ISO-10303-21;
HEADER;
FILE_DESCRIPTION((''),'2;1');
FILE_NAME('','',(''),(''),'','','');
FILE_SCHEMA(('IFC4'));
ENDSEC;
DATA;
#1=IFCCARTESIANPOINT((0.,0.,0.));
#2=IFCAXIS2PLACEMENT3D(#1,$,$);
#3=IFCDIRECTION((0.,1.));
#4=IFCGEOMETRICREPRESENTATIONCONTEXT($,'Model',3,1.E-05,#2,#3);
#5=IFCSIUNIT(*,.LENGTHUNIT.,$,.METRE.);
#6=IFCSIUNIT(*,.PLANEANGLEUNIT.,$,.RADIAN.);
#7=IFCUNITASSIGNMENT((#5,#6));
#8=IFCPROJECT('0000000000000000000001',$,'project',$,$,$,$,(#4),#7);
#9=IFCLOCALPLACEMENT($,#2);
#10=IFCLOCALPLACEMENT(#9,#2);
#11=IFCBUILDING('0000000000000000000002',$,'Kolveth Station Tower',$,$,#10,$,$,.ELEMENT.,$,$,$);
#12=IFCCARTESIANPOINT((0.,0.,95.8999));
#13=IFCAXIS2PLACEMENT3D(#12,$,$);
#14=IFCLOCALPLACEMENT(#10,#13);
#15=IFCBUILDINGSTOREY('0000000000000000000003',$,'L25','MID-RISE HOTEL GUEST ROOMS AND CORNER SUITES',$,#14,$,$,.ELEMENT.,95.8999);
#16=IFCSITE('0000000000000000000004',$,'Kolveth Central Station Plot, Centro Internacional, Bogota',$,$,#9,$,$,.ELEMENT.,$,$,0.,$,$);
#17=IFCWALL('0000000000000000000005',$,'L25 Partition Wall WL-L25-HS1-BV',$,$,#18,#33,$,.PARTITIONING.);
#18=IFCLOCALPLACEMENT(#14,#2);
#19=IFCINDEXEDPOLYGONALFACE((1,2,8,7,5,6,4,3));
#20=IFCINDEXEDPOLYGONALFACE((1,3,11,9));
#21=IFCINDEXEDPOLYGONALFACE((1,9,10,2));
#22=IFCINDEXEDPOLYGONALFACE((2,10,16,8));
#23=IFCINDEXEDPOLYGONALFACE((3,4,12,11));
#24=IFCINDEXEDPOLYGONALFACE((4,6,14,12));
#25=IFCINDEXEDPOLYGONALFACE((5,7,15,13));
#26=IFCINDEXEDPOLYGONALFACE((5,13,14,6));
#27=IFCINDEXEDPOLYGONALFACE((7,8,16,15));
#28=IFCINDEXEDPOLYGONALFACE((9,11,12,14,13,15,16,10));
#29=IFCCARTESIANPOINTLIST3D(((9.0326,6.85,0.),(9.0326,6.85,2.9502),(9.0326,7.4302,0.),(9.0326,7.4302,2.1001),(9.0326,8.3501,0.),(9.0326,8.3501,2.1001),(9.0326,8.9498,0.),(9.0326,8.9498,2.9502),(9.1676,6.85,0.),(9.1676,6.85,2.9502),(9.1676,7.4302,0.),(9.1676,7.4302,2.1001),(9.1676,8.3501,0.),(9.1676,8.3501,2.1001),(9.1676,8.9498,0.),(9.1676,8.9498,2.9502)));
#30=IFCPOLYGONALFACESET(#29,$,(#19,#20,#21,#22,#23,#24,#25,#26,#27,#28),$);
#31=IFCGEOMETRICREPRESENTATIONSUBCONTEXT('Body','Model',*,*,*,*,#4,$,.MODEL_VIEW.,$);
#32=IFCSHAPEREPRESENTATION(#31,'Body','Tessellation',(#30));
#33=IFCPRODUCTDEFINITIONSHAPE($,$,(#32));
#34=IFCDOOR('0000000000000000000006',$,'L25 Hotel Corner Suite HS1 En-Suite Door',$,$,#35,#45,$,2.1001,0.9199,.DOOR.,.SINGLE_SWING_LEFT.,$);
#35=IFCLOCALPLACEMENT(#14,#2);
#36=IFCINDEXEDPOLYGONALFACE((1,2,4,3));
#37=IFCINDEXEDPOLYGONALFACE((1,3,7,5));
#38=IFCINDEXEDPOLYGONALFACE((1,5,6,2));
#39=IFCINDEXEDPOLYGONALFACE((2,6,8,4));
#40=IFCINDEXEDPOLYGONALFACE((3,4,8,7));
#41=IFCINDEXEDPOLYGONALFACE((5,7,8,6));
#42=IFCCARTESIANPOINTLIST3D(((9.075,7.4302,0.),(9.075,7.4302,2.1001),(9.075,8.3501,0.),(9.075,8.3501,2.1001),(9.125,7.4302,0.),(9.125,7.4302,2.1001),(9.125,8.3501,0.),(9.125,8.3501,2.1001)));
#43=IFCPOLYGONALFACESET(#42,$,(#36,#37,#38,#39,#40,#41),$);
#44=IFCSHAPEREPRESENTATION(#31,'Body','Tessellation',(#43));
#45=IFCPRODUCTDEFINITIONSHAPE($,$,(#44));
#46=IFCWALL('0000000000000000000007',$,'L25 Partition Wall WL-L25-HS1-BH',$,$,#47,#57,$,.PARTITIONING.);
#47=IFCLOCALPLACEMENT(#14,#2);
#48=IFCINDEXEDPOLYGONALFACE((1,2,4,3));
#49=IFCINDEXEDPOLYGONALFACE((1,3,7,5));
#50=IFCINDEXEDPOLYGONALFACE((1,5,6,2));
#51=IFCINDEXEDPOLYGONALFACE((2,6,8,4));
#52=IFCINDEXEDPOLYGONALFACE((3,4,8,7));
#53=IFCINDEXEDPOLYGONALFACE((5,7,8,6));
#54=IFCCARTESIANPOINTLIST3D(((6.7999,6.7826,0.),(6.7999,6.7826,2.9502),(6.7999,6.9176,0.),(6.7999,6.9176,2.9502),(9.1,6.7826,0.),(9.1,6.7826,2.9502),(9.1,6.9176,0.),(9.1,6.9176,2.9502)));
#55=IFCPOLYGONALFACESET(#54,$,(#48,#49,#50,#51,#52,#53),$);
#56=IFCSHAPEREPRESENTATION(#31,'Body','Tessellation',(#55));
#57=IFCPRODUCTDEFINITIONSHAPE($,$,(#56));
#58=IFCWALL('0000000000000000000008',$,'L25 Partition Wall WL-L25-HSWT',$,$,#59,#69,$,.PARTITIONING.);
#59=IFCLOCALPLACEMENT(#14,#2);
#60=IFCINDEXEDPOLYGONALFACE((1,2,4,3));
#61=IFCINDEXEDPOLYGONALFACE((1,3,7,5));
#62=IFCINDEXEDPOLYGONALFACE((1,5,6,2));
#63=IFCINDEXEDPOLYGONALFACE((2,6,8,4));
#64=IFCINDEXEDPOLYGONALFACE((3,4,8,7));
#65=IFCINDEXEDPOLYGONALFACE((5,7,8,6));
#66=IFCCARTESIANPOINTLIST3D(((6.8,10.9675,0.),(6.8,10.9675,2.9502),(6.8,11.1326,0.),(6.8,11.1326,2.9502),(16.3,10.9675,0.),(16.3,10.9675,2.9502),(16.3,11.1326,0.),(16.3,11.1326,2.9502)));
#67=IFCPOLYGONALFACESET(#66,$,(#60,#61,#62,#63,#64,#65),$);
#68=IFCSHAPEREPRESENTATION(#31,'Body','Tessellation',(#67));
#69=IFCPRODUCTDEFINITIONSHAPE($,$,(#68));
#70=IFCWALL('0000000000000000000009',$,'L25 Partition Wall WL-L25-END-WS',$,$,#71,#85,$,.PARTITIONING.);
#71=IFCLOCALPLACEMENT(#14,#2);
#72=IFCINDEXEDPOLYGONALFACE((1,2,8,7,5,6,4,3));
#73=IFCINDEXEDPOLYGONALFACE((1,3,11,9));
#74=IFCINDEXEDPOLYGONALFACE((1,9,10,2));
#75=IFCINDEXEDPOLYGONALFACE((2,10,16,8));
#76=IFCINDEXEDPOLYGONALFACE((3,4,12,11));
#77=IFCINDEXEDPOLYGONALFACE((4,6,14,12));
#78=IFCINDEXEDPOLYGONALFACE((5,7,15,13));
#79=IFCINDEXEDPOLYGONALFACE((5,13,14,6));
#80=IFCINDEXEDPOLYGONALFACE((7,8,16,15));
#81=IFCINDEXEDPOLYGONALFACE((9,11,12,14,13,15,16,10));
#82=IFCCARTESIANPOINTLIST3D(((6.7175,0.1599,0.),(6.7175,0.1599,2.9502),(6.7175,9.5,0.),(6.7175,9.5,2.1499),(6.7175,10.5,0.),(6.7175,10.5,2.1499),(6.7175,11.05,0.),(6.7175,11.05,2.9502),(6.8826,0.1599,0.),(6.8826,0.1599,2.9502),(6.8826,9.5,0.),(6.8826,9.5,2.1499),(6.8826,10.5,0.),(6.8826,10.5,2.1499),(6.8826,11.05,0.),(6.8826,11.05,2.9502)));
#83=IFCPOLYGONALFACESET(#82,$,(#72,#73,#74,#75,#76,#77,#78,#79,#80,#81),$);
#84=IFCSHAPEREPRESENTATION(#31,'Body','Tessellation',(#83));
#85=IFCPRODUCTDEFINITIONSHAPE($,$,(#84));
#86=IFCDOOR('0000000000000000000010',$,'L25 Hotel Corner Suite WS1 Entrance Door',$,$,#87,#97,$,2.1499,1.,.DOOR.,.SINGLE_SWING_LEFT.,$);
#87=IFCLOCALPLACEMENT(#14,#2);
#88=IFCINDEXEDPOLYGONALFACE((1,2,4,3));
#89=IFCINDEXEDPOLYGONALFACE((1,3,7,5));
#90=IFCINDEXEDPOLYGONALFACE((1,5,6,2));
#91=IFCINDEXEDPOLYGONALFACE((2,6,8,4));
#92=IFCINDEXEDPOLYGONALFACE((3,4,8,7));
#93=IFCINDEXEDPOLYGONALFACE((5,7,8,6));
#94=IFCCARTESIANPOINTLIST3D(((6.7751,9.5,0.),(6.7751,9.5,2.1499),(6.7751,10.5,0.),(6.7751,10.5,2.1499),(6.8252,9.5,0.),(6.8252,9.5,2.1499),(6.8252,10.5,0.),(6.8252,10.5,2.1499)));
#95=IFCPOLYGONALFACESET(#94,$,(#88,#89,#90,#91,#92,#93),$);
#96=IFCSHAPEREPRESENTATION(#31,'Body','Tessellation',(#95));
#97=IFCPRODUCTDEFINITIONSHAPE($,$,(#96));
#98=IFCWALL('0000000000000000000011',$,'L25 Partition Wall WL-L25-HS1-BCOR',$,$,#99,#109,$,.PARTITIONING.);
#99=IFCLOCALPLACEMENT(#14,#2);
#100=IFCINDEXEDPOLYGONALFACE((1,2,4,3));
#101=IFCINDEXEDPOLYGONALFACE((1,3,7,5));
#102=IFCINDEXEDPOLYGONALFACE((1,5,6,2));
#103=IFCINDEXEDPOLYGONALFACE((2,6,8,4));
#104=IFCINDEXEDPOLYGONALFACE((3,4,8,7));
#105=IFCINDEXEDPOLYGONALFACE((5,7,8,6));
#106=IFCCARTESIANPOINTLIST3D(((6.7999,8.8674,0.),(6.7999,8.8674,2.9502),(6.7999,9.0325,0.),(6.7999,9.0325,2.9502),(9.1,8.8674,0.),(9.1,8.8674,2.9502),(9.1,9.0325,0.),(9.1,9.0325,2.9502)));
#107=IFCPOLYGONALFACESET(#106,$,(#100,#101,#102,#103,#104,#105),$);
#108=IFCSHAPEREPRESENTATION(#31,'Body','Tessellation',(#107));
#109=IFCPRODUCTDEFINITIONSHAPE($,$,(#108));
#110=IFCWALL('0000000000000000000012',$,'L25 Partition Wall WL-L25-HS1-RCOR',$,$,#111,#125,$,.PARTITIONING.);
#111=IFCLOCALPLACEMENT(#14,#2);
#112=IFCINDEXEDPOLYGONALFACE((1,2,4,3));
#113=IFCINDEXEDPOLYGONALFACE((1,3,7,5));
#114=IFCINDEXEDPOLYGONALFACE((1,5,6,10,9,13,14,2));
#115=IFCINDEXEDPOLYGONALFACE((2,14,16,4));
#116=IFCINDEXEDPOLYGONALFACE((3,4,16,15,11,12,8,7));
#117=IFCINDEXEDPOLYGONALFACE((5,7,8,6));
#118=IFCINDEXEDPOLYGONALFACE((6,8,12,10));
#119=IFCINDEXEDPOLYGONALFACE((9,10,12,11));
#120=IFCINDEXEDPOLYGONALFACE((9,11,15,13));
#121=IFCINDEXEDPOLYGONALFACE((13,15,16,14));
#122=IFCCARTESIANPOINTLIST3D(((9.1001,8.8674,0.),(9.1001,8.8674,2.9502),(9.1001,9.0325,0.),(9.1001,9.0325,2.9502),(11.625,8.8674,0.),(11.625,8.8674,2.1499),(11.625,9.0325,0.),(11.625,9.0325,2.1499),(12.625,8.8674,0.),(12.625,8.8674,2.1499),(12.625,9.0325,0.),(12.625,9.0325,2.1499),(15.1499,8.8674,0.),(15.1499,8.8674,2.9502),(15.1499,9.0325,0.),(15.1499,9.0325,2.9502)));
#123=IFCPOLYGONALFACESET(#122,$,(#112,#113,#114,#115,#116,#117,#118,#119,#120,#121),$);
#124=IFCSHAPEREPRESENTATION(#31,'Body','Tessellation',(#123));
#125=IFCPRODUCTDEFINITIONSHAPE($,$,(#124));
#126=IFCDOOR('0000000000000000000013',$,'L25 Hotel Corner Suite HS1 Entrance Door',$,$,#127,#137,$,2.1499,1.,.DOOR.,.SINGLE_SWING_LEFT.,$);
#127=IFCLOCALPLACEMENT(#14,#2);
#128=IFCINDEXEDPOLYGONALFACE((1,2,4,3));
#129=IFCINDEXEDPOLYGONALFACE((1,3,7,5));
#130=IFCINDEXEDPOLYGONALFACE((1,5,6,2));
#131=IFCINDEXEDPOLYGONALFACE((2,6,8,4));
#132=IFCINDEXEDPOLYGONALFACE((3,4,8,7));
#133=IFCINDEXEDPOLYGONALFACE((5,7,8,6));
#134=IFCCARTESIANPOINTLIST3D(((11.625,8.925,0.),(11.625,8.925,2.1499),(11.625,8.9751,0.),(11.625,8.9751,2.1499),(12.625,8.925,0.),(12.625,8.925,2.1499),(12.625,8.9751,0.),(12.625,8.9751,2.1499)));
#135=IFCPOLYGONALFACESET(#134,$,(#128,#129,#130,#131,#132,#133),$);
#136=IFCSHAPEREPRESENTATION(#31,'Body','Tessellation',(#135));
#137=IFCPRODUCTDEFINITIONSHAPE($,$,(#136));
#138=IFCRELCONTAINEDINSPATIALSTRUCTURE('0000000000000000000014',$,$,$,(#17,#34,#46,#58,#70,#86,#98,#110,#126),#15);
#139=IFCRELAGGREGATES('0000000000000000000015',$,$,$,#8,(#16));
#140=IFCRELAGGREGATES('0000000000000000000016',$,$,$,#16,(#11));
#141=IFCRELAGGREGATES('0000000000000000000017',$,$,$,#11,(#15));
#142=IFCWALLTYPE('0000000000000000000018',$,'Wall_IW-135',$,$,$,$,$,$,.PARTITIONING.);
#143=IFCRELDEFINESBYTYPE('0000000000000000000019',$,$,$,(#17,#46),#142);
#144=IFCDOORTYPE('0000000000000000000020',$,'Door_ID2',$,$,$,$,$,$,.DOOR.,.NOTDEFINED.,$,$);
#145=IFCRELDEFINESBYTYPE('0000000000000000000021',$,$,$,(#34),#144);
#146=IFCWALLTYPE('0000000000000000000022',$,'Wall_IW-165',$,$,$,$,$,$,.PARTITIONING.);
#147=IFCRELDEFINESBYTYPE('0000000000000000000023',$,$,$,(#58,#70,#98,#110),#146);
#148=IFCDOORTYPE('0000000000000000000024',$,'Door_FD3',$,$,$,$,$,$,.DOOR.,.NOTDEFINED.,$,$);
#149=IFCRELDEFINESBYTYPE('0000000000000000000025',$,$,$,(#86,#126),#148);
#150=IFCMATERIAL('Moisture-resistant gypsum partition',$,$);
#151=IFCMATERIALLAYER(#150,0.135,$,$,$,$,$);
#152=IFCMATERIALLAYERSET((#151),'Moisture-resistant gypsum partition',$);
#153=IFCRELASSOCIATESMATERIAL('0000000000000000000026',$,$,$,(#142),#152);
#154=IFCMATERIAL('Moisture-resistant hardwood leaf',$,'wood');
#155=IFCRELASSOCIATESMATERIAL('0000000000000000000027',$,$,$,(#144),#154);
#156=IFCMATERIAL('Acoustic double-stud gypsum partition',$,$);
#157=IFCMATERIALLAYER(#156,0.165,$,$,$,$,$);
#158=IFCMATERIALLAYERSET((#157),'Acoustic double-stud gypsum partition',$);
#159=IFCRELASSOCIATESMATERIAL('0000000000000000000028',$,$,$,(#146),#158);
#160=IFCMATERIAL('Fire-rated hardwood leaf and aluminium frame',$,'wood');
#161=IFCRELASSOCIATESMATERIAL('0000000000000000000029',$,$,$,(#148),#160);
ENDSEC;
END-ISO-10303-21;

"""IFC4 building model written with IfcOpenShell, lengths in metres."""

from ifc_helpers import new_model, si_unit, direction, frame, frame_2d, origin, place, context, subcontext, project, spatial, rectangle, extrude, material, layer, layer_set, type_object, element, fill, save


model = new_model("IFC4")

# Units and contexts
model_context = context("Model", 3, precision=1e-05, world=origin(), true_north=direction((0.0, 1.0)))
body_context = subcontext(model_context, "Body", "Model", "MODEL_VIEW")
ifc_project = project(units=[si_unit("LENGTHUNIT", "METRE"), si_unit("PLANEANGLEUNIT", "RADIAN")], contexts=[model_context])

# Site, building, storey
site_placement = place(None, origin())
site = spatial("IfcSite", under=ifc_project, at=site_placement, Name="Kolveth Central Station Plot, Centro Internacional, Bogota", CompositionType="ELEMENT", RefElevation=0.0)
building_placement = place(site_placement, origin())
building = spatial("IfcBuilding", under=site, at=building_placement, Name="Kolveth Station Tower", CompositionType="ELEMENT")
storey_placement = place(building_placement, frame((0.0, 0.0, 95.8999)))
storey = spatial("IfcBuildingStorey", under=building, at=storey_placement, Name="L25", Description="MID-RISE HOTEL GUEST ROOMS AND CORNER SUITES", CompositionType="ELEMENT", Elevation=95.8999)

# Wall, opening, door
ifc_material_1 = material(Name="Moisture-resistant gypsum partition")
ifc_layer_1 = layer(ifc_material_1, 0.135)
ifc_layer_set_1 = layer_set([ifc_layer_1], Name="Moisture-resistant gypsum partition")
wall_type_1 = type_object("IfcWallType", Name="Wall_IW-135", PredefinedType="PARTITIONING", material=ifc_layer_set_1)
wall_1_placement = place(storey_placement, frame((9.1001, 6.8501, 0.0), z_axis=(0.0, 0.0, 1.0), x_axis=(0.0, 1.0, 0.0)))
wall_1 = element("IfcWall", 1, at=wall_1_placement, inside=storey, type_object=wall_type_1, Name="L25 Partition Wall WL-L25-HS1-BV", PredefinedType="PARTITIONING", context=body_context, shape_type="SweptSolid", body=[
    extrude(rectangle(XDim=2.0999, YDim=0.135, at=frame_2d((1.0498, 0.0))), origin(), (0.0, 0.0, 1.0), 2.9502),
])
opening_1_placement = place(wall_1_placement, frame((0.5801, 0.0, 0.0)))
opening_1 = element("IfcOpeningElement", 2, at=opening_1_placement, cuts=wall_1, PredefinedType="OPENING", context=body_context, shape_type="SweptSolid", body=[
    extrude(rectangle(XDim=0.9199, YDim=2.1001, at=frame_2d((0.46, 1.05))), frame((0.0, 0.0774, 0.0), z_axis=(0.0, -1.0, 0.0), x_axis=(1.0, 0.0, 0.0)), (0.0, 0.0, 1.0), 0.155),
])
ifc_material_2 = material(Name="Moisture-resistant hardwood leaf", Category="wood")
door_type_1 = type_object("IfcDoorType", Name="Door_ID2", OperationType="NOTDEFINED", PredefinedType="DOOR", material=ifc_material_2)
door_1_placement = place(opening_1_placement, frame((0.9199, 0.0, 0.0), z_axis=(0.0, 0.0, 1.0), x_axis=(-1.0, 0.0, 0.0)))
door_1 = element("IfcDoor", 3, at=door_1_placement, inside=storey, type_object=door_type_1, Name="L25 Hotel Corner Suite HS1 En-Suite Door", OperationType="SINGLE_SWING_LEFT", OverallHeight=2.1001, OverallWidth=0.9199, PredefinedType="DOOR", context=body_context, shape_type="SweptSolid", body=[
    extrude(rectangle(XDim=0.9199, YDim=2.1001, at=frame_2d((0.46, 1.05))), frame((0.0, 0.0249, 0.0), z_axis=(0.0, -1.0, 0.0), x_axis=(1.0, 0.0, 0.0)), (0.0, 0.0, 1.0), 0.05),
])
fill(opening_1, door_1)

# Walls
wall_2_placement = place(storey_placement, frame((6.8, 6.8501, 0.0), z_axis=(0.0, 0.0, 1.0), x_axis=(1.0, 0.0, 0.0)))
element("IfcWall", 4, at=wall_2_placement, inside=storey, type_object=wall_type_1, Name="L25 Partition Wall WL-L25-HS1-BH", PredefinedType="PARTITIONING", context=body_context, shape_type="SweptSolid", body=[
    extrude(rectangle(XDim=2.3, YDim=0.135, at=frame_2d((1.1499, 0.0))), origin(), (0.0, 0.0, 1.0), 2.9502),
])
ifc_material_3 = material(Name="Acoustic double-stud gypsum partition")
ifc_layer_2 = layer(ifc_material_3, 0.165)
ifc_layer_set_2 = layer_set([ifc_layer_2], Name="Acoustic double-stud gypsum partition")
wall_type_2 = type_object("IfcWallType", Name="Wall_IW-165", PredefinedType="PARTITIONING", material=ifc_layer_set_2)
wall_3_placement = place(storey_placement, frame((6.8, 11.05, 0.0), z_axis=(0.0, 0.0, 1.0), x_axis=(1.0, 0.0, 0.0)))
element("IfcWall", 5, at=wall_3_placement, inside=storey, type_object=wall_type_2, Name="L25 Partition Wall WL-L25-HSWT", PredefinedType="PARTITIONING", context=body_context, shape_type="SweptSolid", body=[
    extrude(rectangle(XDim=9.5, YDim=0.165, at=frame_2d((4.75, 0.0))), origin(), (0.0, 0.0, 1.0), 2.9502),
])

# Wall, opening, door
wall_4_placement = place(storey_placement, frame((6.8, 0.1599, 0.0), z_axis=(0.0, 0.0, 1.0), x_axis=(0.0, 1.0, 0.0)))
wall_4 = element("IfcWall", 6, at=wall_4_placement, inside=storey, type_object=wall_type_2, Name="L25 Partition Wall WL-L25-END-WS", PredefinedType="PARTITIONING", context=body_context, shape_type="SweptSolid", body=[
    extrude(rectangle(XDim=10.8901, YDim=0.165, at=frame_2d((5.4451, 0.0))), origin(), (0.0, 0.0, 1.0), 2.9502),
])
opening_2_placement = place(wall_4_placement, frame((9.3401, 0.0, 0.0)))
opening_2 = element("IfcOpeningElement", 7, at=opening_2_placement, cuts=wall_4, PredefinedType="OPENING", context=body_context, shape_type="SweptSolid", body=[
    extrude(rectangle(XDim=1.0, YDim=2.1499, at=frame_2d((0.5, 1.075))), frame((0.0, 0.0925, 0.0), z_axis=(0.0, -1.0, 0.0), x_axis=(1.0, 0.0, 0.0)), (0.0, 0.0, 1.0), 0.1851),
])
ifc_material_4 = material(Name="Fire-rated hardwood leaf and aluminium frame", Category="wood")
door_type_2 = type_object("IfcDoorType", Name="Door_FD3", OperationType="NOTDEFINED", PredefinedType="DOOR", material=ifc_material_4)
door_2_placement = place(opening_2_placement, origin())
door_2 = element("IfcDoor", 8, at=door_2_placement, inside=storey, type_object=door_type_2, Name="L25 Hotel Corner Suite WS1 Entrance Door", OperationType="SINGLE_SWING_LEFT", OverallHeight=2.1499, OverallWidth=1.0, PredefinedType="DOOR", context=body_context, shape_type="SweptSolid", body=[
    extrude(rectangle(XDim=1.0, YDim=2.1499, at=frame_2d((0.5, 1.075))), frame((0.0, 0.0249, 0.0), z_axis=(0.0, -1.0, 0.0), x_axis=(1.0, 0.0, 0.0)), (0.0, 0.0, 1.0), 0.05),
])
fill(opening_2, door_2)

# Wall
wall_5_placement = place(storey_placement, frame((6.8, 8.95, 0.0), z_axis=(0.0, 0.0, 1.0), x_axis=(1.0, 0.0, 0.0)))
element("IfcWall", 9, at=wall_5_placement, inside=storey, type_object=wall_type_2, Name="L25 Partition Wall WL-L25-HS1-BCOR", PredefinedType="PARTITIONING", context=body_context, shape_type="SweptSolid", body=[
    extrude(rectangle(XDim=2.3, YDim=0.165, at=frame_2d((1.1499, 0.0))), origin(), (0.0, 0.0, 1.0), 2.9502),
])

# Wall, opening, door
wall_6_placement = place(storey_placement, frame((9.1001, 8.95, 0.0), z_axis=(0.0, 0.0, 1.0), x_axis=(1.0, 0.0, 0.0)))
wall_6 = element("IfcWall", 10, at=wall_6_placement, inside=storey, type_object=wall_type_2, Name="L25 Partition Wall WL-L25-HS1-RCOR", PredefinedType="PARTITIONING", context=body_context, shape_type="SweptSolid", body=[
    extrude(rectangle(XDim=6.0498, YDim=0.165, at=frame_2d((3.0249, 0.0))), origin(), (0.0, 0.0, 1.0), 2.9502),
])
opening_3_placement = place(wall_6_placement, frame((2.5249, 0.0, 0.0)))
opening_3 = element("IfcOpeningElement", 11, at=opening_3_placement, cuts=wall_6, PredefinedType="OPENING", context=body_context, shape_type="SweptSolid", body=[
    extrude(rectangle(XDim=1.0, YDim=2.1499, at=frame_2d((0.5, 1.075))), frame((0.0, 0.0925, 0.0), z_axis=(0.0, -1.0, 0.0), x_axis=(1.0, 0.0, 0.0)), (0.0, 0.0, 1.0), 0.1851),
])
door_3_placement = place(opening_3_placement, frame((1.0, 0.0, 0.0), z_axis=(0.0, 0.0, 1.0), x_axis=(-1.0, 0.0, 0.0)))
door_3 = element("IfcDoor", 12, at=door_3_placement, inside=storey, type_object=door_type_2, Name="L25 Hotel Corner Suite HS1 Entrance Door", OperationType="SINGLE_SWING_LEFT", OverallHeight=2.1499, OverallWidth=1.0, PredefinedType="DOOR", context=body_context, shape_type="SweptSolid", body=[
    extrude(rectangle(XDim=1.0, YDim=2.1499, at=frame_2d((0.5, 1.075))), frame((0.0, 0.0249, 0.0), z_axis=(0.0, -1.0, 0.0), x_axis=(1.0, 0.0, 0.0)), (0.0, 0.0, 1.0), 0.05),
])
fill(opening_3, door_3)

save(model, "model.ifc")
